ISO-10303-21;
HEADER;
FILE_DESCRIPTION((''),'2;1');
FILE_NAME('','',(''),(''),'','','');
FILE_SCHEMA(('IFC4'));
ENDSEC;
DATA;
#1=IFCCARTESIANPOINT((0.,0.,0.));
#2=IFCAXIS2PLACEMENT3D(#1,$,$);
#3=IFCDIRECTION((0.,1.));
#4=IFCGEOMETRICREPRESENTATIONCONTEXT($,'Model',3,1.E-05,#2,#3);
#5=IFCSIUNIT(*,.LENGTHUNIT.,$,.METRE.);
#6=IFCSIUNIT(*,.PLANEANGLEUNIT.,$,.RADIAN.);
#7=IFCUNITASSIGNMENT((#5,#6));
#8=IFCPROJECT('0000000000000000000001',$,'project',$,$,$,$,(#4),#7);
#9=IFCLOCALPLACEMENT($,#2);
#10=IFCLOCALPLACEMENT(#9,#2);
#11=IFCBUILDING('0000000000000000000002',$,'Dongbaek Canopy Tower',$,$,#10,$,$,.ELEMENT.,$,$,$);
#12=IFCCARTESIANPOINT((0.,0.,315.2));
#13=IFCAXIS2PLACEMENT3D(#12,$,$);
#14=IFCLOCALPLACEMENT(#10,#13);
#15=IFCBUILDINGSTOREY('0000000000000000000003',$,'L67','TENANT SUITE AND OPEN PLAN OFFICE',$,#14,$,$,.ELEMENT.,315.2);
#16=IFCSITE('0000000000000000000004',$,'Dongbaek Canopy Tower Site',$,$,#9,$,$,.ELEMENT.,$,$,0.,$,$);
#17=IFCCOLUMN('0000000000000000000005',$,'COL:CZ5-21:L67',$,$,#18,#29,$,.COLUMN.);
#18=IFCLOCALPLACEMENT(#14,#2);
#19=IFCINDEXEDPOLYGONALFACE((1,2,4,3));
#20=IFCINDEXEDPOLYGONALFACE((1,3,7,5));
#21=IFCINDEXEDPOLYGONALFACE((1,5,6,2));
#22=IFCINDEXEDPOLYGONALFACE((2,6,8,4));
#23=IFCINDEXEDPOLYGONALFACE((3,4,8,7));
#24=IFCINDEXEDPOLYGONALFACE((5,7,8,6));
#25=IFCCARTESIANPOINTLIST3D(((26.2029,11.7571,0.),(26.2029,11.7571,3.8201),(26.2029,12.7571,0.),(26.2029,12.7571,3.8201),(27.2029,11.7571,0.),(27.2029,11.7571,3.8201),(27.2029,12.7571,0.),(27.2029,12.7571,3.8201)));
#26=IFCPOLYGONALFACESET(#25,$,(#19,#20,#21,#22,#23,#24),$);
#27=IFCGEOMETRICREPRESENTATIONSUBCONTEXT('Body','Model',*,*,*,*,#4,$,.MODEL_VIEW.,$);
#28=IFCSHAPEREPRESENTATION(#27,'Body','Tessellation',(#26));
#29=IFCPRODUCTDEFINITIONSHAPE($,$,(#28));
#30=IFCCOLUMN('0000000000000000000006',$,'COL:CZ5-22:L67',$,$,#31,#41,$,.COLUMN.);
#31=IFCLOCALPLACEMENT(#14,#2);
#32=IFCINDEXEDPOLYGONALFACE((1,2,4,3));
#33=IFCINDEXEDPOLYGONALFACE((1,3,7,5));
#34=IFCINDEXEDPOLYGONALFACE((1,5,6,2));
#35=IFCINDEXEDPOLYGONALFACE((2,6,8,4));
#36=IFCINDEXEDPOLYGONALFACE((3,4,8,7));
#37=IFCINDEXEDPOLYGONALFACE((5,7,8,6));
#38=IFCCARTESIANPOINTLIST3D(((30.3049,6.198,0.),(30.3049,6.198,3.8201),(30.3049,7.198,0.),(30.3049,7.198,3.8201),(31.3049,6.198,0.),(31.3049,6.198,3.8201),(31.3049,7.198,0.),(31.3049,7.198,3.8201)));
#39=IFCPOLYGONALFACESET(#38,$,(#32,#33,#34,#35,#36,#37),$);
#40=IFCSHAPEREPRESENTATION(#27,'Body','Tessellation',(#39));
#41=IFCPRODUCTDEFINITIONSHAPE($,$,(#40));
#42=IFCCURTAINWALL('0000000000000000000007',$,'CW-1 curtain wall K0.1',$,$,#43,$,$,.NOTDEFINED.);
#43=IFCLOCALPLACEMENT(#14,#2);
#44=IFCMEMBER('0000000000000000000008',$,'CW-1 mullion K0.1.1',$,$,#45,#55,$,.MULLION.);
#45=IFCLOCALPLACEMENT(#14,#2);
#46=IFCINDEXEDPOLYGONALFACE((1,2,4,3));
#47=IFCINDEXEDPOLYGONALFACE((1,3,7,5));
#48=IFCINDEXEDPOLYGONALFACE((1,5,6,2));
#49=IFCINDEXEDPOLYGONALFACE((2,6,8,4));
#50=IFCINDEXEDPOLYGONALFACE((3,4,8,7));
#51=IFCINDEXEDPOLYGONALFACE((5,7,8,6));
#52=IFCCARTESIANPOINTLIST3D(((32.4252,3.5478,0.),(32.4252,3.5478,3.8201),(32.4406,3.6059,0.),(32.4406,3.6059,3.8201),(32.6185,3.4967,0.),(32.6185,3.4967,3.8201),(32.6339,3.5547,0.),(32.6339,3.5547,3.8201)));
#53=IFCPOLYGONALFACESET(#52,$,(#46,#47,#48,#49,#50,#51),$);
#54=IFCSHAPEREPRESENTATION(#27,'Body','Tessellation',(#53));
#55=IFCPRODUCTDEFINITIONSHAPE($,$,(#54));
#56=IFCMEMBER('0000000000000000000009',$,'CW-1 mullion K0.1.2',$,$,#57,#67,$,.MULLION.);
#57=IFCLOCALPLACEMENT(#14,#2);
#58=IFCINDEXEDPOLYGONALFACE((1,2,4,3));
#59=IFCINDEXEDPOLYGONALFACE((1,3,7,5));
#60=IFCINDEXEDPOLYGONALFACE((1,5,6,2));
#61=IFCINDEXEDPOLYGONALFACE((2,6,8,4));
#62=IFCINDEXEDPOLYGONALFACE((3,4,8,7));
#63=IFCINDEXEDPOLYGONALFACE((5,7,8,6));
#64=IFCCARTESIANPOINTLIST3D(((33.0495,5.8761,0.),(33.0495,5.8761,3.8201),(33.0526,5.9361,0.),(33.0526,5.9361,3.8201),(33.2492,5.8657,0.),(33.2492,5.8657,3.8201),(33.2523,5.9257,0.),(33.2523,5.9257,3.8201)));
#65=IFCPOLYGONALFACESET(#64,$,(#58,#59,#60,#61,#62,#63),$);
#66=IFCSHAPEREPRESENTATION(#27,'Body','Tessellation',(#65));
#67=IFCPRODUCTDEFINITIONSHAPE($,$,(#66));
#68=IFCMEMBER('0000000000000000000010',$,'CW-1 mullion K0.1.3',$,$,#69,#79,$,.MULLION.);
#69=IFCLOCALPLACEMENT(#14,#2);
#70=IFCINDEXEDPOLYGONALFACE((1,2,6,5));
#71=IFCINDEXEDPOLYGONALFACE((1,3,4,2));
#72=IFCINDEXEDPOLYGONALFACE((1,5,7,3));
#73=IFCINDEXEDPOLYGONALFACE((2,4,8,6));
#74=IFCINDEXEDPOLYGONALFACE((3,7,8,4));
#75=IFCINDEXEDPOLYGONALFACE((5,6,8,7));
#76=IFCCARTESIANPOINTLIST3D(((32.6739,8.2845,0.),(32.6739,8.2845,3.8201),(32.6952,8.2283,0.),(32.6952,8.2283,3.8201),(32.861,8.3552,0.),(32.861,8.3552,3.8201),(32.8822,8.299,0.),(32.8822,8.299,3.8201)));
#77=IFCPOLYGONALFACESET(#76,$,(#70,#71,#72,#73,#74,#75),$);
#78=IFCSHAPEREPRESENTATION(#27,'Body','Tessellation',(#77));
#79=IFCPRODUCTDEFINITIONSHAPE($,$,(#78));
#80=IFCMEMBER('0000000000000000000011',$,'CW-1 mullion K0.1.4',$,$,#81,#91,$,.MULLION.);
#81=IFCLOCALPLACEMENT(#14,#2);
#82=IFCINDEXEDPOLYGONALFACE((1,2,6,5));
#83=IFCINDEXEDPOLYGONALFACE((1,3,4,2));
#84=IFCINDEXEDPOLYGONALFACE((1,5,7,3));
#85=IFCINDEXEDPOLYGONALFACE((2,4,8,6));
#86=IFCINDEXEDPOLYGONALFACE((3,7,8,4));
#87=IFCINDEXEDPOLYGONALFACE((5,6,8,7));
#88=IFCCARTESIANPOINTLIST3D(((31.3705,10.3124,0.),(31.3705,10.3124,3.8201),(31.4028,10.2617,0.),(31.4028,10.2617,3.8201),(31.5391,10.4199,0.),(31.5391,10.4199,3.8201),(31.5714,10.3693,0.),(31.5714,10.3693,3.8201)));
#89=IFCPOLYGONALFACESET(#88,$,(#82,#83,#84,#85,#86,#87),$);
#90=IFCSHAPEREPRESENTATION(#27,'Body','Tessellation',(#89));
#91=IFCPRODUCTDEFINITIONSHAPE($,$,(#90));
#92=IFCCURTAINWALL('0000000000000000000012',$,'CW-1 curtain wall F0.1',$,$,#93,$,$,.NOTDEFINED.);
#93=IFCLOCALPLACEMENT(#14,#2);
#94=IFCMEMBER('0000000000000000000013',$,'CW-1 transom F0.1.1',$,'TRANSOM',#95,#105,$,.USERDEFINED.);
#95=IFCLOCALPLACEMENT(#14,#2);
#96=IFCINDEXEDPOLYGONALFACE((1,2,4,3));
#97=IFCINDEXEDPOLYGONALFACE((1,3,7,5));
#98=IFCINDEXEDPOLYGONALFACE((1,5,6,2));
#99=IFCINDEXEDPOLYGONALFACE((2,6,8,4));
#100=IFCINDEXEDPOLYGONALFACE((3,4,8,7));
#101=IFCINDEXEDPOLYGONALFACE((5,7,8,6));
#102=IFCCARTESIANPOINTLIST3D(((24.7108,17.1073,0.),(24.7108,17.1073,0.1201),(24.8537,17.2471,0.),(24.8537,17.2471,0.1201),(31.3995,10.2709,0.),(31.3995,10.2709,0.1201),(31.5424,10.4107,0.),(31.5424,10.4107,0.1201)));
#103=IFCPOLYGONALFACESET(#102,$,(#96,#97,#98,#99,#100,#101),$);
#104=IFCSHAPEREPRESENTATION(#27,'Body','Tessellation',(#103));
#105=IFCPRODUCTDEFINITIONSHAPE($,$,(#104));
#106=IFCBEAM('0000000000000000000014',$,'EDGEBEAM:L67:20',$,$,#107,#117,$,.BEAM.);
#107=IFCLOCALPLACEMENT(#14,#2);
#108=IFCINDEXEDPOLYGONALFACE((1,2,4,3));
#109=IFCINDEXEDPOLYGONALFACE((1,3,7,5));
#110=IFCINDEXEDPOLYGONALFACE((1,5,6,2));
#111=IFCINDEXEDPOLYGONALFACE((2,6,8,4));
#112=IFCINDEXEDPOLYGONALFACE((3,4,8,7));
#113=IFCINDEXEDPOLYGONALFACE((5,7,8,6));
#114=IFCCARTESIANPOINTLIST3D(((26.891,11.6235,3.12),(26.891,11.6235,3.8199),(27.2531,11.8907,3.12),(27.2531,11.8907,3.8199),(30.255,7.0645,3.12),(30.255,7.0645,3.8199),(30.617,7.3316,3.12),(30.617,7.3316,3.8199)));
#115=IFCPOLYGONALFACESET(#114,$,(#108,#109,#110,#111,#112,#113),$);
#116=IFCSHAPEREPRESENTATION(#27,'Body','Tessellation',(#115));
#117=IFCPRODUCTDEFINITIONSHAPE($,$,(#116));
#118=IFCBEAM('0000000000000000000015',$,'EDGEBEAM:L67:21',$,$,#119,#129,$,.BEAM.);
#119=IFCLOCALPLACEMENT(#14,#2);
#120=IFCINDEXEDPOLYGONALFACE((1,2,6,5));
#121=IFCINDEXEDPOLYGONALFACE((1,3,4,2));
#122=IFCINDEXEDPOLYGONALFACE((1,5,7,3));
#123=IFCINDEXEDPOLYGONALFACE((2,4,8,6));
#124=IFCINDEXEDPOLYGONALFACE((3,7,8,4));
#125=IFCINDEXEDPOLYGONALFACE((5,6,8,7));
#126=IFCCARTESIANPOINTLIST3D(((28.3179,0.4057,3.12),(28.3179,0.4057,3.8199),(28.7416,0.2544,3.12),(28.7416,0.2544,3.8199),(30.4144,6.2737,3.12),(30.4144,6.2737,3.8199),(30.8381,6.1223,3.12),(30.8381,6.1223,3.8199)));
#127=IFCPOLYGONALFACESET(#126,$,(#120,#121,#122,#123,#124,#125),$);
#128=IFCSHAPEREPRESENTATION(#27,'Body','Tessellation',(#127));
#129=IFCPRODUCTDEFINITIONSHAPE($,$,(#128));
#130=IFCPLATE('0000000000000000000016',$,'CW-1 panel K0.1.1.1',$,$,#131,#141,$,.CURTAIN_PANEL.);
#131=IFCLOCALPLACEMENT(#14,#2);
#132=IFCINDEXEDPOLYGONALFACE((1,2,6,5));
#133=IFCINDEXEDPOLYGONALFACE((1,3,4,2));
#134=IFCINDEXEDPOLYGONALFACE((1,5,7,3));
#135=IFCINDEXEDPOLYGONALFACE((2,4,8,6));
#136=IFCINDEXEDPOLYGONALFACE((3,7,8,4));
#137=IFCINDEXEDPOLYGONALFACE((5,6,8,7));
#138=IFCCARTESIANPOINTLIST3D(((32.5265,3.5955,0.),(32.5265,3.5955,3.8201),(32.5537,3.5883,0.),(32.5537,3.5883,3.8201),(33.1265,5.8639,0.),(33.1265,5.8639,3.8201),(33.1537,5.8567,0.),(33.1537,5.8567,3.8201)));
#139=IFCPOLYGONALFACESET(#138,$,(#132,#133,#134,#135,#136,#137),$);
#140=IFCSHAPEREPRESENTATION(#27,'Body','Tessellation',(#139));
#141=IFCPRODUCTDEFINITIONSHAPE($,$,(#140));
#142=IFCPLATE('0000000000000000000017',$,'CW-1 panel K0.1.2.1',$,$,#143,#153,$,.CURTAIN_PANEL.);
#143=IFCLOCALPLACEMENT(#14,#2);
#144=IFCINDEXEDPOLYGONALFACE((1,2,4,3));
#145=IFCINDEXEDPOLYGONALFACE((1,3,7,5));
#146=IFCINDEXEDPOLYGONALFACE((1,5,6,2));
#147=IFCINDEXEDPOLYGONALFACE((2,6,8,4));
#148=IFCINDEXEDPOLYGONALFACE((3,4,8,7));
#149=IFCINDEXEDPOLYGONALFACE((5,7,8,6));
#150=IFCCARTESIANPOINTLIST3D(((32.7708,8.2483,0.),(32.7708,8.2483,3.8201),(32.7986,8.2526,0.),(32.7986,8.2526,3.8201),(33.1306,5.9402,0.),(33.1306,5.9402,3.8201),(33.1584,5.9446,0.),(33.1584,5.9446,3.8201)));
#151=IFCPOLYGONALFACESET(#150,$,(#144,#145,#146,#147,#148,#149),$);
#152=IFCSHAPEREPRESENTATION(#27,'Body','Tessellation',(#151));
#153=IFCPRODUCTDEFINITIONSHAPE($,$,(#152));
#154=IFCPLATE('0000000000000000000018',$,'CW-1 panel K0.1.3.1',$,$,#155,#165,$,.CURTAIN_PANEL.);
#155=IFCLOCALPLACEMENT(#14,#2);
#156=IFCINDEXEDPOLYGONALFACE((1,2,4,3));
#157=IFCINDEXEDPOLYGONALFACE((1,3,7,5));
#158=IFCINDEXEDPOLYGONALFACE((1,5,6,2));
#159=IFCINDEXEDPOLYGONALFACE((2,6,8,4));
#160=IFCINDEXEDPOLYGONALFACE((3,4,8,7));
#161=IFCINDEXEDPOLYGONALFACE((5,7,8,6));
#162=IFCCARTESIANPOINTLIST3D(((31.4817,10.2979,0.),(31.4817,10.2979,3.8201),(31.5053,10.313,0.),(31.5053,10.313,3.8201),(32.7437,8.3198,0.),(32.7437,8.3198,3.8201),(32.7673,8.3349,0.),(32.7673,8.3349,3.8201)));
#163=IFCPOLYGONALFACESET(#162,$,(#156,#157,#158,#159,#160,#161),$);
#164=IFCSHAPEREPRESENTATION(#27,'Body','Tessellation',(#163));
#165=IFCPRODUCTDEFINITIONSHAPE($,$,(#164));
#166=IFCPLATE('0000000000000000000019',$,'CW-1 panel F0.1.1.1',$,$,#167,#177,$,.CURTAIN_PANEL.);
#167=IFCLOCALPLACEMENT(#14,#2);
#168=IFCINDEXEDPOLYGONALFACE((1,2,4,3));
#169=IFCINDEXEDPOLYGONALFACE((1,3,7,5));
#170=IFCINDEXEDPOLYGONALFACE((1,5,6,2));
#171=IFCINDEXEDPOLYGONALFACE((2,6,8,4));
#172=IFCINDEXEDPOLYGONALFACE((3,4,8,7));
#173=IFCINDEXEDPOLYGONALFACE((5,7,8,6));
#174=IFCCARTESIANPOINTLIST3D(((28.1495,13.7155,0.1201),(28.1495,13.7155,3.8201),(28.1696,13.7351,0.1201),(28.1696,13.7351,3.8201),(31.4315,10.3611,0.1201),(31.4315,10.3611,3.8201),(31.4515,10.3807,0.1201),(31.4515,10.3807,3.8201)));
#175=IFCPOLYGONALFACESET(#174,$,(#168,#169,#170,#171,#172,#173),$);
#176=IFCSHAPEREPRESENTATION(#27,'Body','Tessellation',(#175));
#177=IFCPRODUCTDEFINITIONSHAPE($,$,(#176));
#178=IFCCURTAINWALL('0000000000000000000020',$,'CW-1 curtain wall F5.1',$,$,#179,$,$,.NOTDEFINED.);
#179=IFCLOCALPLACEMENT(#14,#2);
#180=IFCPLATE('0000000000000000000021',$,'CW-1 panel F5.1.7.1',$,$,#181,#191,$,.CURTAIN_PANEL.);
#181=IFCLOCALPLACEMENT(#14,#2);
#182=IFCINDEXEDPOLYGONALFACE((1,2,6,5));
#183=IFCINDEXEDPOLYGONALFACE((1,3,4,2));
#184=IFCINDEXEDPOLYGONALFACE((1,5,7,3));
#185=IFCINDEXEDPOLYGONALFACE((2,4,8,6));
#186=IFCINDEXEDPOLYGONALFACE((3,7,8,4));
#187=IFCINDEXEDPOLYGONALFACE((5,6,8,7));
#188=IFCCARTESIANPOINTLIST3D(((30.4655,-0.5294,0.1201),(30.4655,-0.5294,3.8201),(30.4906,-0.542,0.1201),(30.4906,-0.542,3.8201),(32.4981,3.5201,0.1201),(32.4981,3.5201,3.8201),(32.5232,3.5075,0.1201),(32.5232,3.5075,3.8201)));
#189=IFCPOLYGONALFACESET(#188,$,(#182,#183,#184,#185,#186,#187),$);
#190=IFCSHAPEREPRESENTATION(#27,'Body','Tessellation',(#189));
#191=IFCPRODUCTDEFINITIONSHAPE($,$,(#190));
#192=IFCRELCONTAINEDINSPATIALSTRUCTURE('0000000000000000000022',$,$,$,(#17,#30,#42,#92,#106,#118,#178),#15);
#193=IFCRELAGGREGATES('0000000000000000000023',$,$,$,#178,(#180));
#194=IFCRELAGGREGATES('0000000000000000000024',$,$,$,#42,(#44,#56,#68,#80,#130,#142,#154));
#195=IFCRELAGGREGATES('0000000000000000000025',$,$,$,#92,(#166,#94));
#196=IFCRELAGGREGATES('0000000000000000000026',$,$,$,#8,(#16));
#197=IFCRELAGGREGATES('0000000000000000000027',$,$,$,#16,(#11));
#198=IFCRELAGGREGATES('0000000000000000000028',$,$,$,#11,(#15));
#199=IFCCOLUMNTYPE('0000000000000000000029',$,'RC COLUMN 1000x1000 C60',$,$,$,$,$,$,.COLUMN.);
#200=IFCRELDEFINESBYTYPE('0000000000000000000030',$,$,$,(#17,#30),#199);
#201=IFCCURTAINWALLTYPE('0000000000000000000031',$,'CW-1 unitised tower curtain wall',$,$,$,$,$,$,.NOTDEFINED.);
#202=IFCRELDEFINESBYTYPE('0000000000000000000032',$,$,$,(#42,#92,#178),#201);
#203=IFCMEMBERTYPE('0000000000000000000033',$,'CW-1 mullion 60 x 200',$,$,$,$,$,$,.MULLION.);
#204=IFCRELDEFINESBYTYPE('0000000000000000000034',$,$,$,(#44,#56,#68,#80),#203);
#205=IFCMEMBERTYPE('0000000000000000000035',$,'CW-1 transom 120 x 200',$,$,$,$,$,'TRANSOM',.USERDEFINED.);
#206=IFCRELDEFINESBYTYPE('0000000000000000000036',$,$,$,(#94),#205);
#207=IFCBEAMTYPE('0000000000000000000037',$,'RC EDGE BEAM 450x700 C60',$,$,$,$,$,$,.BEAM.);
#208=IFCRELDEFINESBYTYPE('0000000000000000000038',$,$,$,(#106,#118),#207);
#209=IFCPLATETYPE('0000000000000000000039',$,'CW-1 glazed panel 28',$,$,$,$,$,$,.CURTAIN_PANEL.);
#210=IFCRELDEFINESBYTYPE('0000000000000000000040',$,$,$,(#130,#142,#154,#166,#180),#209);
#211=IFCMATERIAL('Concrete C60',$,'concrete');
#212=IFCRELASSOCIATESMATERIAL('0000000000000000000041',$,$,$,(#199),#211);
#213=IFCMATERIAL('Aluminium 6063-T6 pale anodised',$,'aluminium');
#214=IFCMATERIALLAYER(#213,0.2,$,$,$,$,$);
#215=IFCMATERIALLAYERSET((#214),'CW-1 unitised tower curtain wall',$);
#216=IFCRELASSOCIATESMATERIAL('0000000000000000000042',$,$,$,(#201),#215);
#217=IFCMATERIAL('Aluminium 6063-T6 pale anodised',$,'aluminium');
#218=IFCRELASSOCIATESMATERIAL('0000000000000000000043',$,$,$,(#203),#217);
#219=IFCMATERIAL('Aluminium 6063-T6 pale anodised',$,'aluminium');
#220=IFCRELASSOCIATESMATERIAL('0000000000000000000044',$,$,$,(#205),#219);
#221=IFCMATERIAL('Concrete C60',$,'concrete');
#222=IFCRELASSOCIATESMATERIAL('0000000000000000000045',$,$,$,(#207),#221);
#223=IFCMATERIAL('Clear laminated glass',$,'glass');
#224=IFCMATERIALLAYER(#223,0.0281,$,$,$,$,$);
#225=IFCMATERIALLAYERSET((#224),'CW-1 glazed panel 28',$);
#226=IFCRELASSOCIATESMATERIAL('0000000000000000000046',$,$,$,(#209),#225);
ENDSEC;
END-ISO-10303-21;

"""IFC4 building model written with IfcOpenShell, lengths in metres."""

from ifc_helpers import new_model, si_unit, direction, frame, origin, origin_2d, place, context, subcontext, project, spatial, rectangle, extrude, material, layer, layer_set, material_profile, profile_set, type_object, element, aggregate, save


model = new_model("IFC4")

# Units and contexts
model_context = context("Model", 3, precision=1e-05, world=origin(), true_north=direction((0.0, 1.0)))
body_context = subcontext(model_context, "Body", "Model", "MODEL_VIEW")
ifc_project = project(units=[si_unit("LENGTHUNIT", "METRE"), si_unit("PLANEANGLEUNIT", "RADIAN")], contexts=[model_context])

# Site, building, storey
site_placement = place(None, origin())
site = spatial("IfcSite", under=ifc_project, at=site_placement, Name="Dongbaek Canopy Tower Site", CompositionType="ELEMENT", RefElevation=0.0)
building_placement = place(site_placement, origin())
building = spatial("IfcBuilding", under=site, at=building_placement, Name="Dongbaek Canopy Tower", CompositionType="ELEMENT")
storey_placement = place(building_placement, frame((0.0, 0.0, 315.2)))
storey = spatial("IfcBuildingStorey", under=building, at=storey_placement, Name="L67", Description="TENANT SUITE AND OPEN PLAN OFFICE", CompositionType="ELEMENT", Elevation=315.2)

# Columns
ifc_material_1 = material(Name="Concrete C60", Category="concrete")
ifc_material_profile_1 = material_profile(ifc_material_1, rectangle(XDim=1.0, YDim=1.0, at=origin_2d()), Name="RC COLUMN 1000x1000 C60")
ifc_profile_set_1 = profile_set([ifc_material_profile_1], Name="Concrete C60")
column_type = type_object("IfcColumnType", Name="RC COLUMN 1000x1000 C60", PredefinedType="COLUMN", material=ifc_profile_set_1)
for number, where, z_axis, x_axis, name in (
    (1, (26.7029, 12.2571, 0.0), (0.0, 0.0, 1.0), (1.0, 0.0, 0.0), "COL:CZ5-21:L67"),
    (2, (30.8049, 6.698, 0.0), (0.0, 0.0, 1.0), (1.0, 0.0, 0.0), "COL:CZ5-22:L67"),
):
    element("IfcColumn", number, at=place(storey_placement, frame(where, z_axis=z_axis, x_axis=x_axis)), inside=storey, type_object=column_type, Name=name, PredefinedType="COLUMN", context=body_context, shape_type="SweptSolid", body=[
        extrude(rectangle(XDim=1.0, YDim=1.0, at=origin_2d()), origin(), (0.0, 0.0, 1.0), 3.8201),
    ])

# Curtain wall, members
ifc_material_2 = material(Name="Aluminium 6063-T6 pale anodised", Category="aluminium")
ifc_layer_1 = layer(ifc_material_2, 0.2)
ifc_layer_set_1 = layer_set([ifc_layer_1], Name="CW-1 unitised tower curtain wall")
curtain_wall_type = type_object("IfcCurtainWallType", Name="CW-1 unitised tower curtain wall", PredefinedType="NOTDEFINED", material=ifc_layer_set_1)
curtain_wall_1_placement = place(storey_placement, origin())
curtain_wall_1 = element("IfcCurtainWall", 3, at=curtain_wall_1_placement, inside=storey, type_object=curtain_wall_type, Name="CW-1 curtain wall K0.1", PredefinedType="NOTDEFINED")
ifc_material_3 = material(Name="Aluminium 6063-T6 pale anodised", Category="aluminium")
ifc_material_profile_2 = material_profile(ifc_material_3, rectangle(XDim=0.2, YDim=0.0601, at=origin_2d()), Name="CW-1 mullion 60 x 200")
ifc_profile_set_2 = profile_set([ifc_material_profile_2], Name="Aluminium 6063-T6 pale anodised")
member_type_1 = type_object("IfcMemberType", Name="CW-1 mullion 60 x 200", PredefinedType="MULLION", material=ifc_profile_set_2)
member_1_placement = place(storey_placement, frame((32.5295, 3.5513, 0.0), z_axis=(0.0, 0.0, 1.0), x_axis=(0.966753, -0.255711, 0.0)))
member_1 = element("IfcMember", 4, at=member_1_placement, type_object=member_type_1, Name="CW-1 mullion K0.1.1", PredefinedType="MULLION", context=body_context, shape_type="SweptSolid", body=[
    extrude(rectangle(XDim=0.2, YDim=0.0601, at=origin_2d()), origin(), (0.0, 0.0, 1.0), 3.8201),
])
member_2_placement = place(storey_placement, frame((33.1509, 5.9009, 0.0), z_axis=(0.0, 0.0, 1.0), x_axis=(0.99865, -0.051945, 0.0)))
member_2 = element("IfcMember", 5, at=member_2_placement, type_object=member_type_1, Name="CW-1 mullion K0.1.2", PredefinedType="MULLION", context=body_context, shape_type="SweptSolid", body=[
    extrude(rectangle(XDim=0.2, YDim=0.0601, at=origin_2d()), origin(), (0.0, 0.0, 1.0), 3.8201),
])
member_3_placement = place(storey_placement, frame((32.7781, 8.2917, 0.0), z_axis=(0.0, 0.0, 1.0), x_axis=(0.935453, 0.353452, 0.0)))
member_3 = element("IfcMember", 6, at=member_3_placement, type_object=member_type_1, Name="CW-1 mullion K0.1.3", PredefinedType="MULLION", context=body_context, shape_type="SweptSolid", body=[
    extrude(rectangle(XDim=0.2, YDim=0.0601, at=origin_2d()), origin(), (0.0, 0.0, 1.0), 3.8201),
])
member_4_placement = place(storey_placement, frame((31.4709, 10.3408, 0.0), z_axis=(0.0, 0.0, 1.0), x_axis=(0.843047, 0.53784, 0.0)))
member_4 = element("IfcMember", 7, at=member_4_placement, type_object=member_type_1, Name="CW-1 mullion K0.1.4", PredefinedType="MULLION", context=body_context, shape_type="SweptSolid", body=[
    extrude(rectangle(XDim=0.2, YDim=0.0601, at=origin_2d()), origin(), (0.0, 0.0, 1.0), 3.8201),
])

# Curtain wall, member
curtain_wall_2_placement = place(storey_placement, origin())
curtain_wall_2 = element("IfcCurtainWall", 8, at=curtain_wall_2_placement, inside=storey, type_object=curtain_wall_type, Name="CW-1 curtain wall F0.1", PredefinedType="NOTDEFINED")
ifc_material_4 = material(Name="Aluminium 6063-T6 pale anodised", Category="aluminium")
ifc_material_profile_3 = material_profile(ifc_material_4, rectangle(XDim=0.2, YDim=0.1201, at=origin_2d()), Name="CW-1 transom 120 x 200")
ifc_profile_set_3 = profile_set([ifc_material_profile_3], Name="Aluminium 6063-T6 pale anodised")
member_type_2 = type_object("IfcMemberType", Name="CW-1 transom 120 x 200", ElementType="TRANSOM", PredefinedType="USERDEFINED", material=ifc_profile_set_3)
member_5_placement = place(storey_placement, frame((31.4709, 10.3408, 0.0601), z_axis=(-0.699343, 0.714786, 0.0), x_axis=(-0.714786, -0.699343, 0.0)))
member_5 = element("IfcMember", 9, at=member_5_placement, type_object=member_type_2, Name="CW-1 transom F0.1.1", ObjectType="TRANSOM", PredefinedType="USERDEFINED", context=body_context, shape_type="SweptSolid", body=[
    extrude(rectangle(XDim=0.2, YDim=0.1201, at=origin_2d()), origin(), (0.0, 0.0, 1.0), 9.5642),
])

# Beams
ifc_material_5 = material(Name="Concrete C60", Category="concrete")
ifc_material_profile_4 = material_profile(ifc_material_5, rectangle(XDim=0.45, YDim=0.7, at=origin_2d()), Name="RC EDGE BEAM 450x700 C60")
ifc_profile_set_4 = profile_set([ifc_material_profile_4], Name="Concrete C60")
beam_type = type_object("IfcBeamType", Name="RC EDGE BEAM 450x700 C60", PredefinedType="BEAM", material=ifc_profile_set_4)
beam_1_placement = place(storey_placement, frame((27.072, 11.7571, 3.47), z_axis=(0.593735, -0.80466, 0.0), x_axis=(0.80466, 0.593735, 0.0)))
element("IfcBeam", 10, at=beam_1_placement, inside=storey, type_object=beam_type, Name="EDGEBEAM:L67:20", PredefinedType="BEAM", context=body_context, shape_type="SweptSolid", body=[
    extrude(rectangle(XDim=0.45, YDim=0.7, at=origin_2d()), origin(), (0.0, 0.0, 1.0), 5.6658),
])
beam_2_placement = place(storey_placement, frame((30.6262, 6.198, 3.47), z_axis=(-0.336443, -0.941704, 0.0), x_axis=(0.941704, -0.336443, 0.0)))
element("IfcBeam", 11, at=beam_2_placement, inside=storey, type_object=beam_type, Name="EDGEBEAM:L67:21", PredefinedType="BEAM", context=body_context, shape_type="SweptSolid", body=[
    extrude(rectangle(XDim=0.45, YDim=0.7, at=origin_2d()), origin(), (0.0, 0.0, 1.0), 6.2312),
])

# Plates
ifc_material_6 = material(Name="Clear laminated glass", Category="glass")
ifc_layer_2 = layer(ifc_material_6, 0.0281)
ifc_layer_set_2 = layer_set([ifc_layer_2], Name="CW-1 glazed panel 28")
plate_type = type_object("IfcPlateType", Name="CW-1 glazed panel 28", PredefinedType="CURTAIN_PANEL", material=ifc_layer_set_2)
plate_1_placement = place(storey_placement, frame((32.8401, 4.7261, 0.0), z_axis=(0.0, 0.0, 1.0), x_axis=(0.255711, 0.966753, 0.0)))
plate_1 = element("IfcPlate", 12, at=plate_1_placement, type_object=plate_type, Name="CW-1 panel K0.1.1.1", PredefinedType="CURTAIN_PANEL", context=body_context, shape_type="SweptSolid", body=[
    extrude(rectangle(XDim=2.3464, YDim=0.0281, at=origin_2d()), origin(), (0.0, 0.0, 1.0), 3.8201),
])
plate_2_placement = place(storey_placement, frame((32.9646, 7.0964, 0.0), z_axis=(0.0, 0.0, 1.0), x_axis=(-0.154029, 0.988066, 0.0)))
plate_2 = element("IfcPlate", 13, at=plate_2_placement, type_object=plate_type, Name="CW-1 panel K0.1.2.1", PredefinedType="CURTAIN_PANEL", context=body_context, shape_type="SweptSolid", body=[
    extrude(rectangle(XDim=2.3359, YDim=0.0281, at=origin_2d()), origin(), (0.0, 0.0, 1.0), 3.8201),
])
plate_3_placement = place(storey_placement, frame((32.1245, 9.3164, 0.0), z_axis=(0.0, 0.0, 1.0), x_axis=(-0.53784, 0.843047, 0.0)))
plate_3 = element("IfcPlate", 14, at=plate_3_placement, type_object=plate_type, Name="CW-1 panel K0.1.3.1", PredefinedType="CURTAIN_PANEL", context=body_context, shape_type="SweptSolid", body=[
    extrude(rectangle(XDim=2.3464, YDim=0.0281, at=origin_2d()), origin(), (0.0, 0.0, 1.0), 3.8201),
])
plate_4_placement = place(storey_placement, frame((29.8005, 12.0481, 0.1201), z_axis=(0.0, 0.0, 1.0), x_axis=(-0.699349, 0.71478, 0.0)))
plate_4 = element("IfcPlate", 15, at=plate_4_placement, type_object=plate_type, Name="CW-1 panel F0.1.1.1", PredefinedType="CURTAIN_PANEL", context=body_context, shape_type="SweptSolid", body=[
    extrude(rectangle(XDim=4.6929, YDim=0.0281, at=origin_2d()), origin(), (0.0, 0.0, 1.0), 3.7),
])

# Curtain wall, plate
curtain_wall_3_placement = place(storey_placement, origin())
curtain_wall_3 = element("IfcCurtainWall", 16, at=curtain_wall_3_placement, inside=storey, type_object=curtain_wall_type, Name="CW-1 curtain wall F5.1", PredefinedType="NOTDEFINED")
plate_5_placement = place(storey_placement, frame((31.4944, 1.489, 0.1201), z_axis=(0.0, 0.0, 1.0), x_axis=(0.448598, 0.893733, 0.0)))
plate_5 = element("IfcPlate", 17, at=plate_5_placement, type_object=plate_type, Name="CW-1 panel F5.1.7.1", PredefinedType="CURTAIN_PANEL", context=body_context, shape_type="SweptSolid", body=[
    extrude(rectangle(XDim=4.531, YDim=0.0281, at=origin_2d()), origin(), (0.0, 0.0, 1.0), 3.7),
])

aggregate(curtain_wall_3, [plate_5])
aggregate(curtain_wall_1, [member_1, member_2, member_3, member_4, plate_1, plate_2, plate_3])
aggregate(curtain_wall_2, [plate_4, member_5])

save(model, "model.ifc")
